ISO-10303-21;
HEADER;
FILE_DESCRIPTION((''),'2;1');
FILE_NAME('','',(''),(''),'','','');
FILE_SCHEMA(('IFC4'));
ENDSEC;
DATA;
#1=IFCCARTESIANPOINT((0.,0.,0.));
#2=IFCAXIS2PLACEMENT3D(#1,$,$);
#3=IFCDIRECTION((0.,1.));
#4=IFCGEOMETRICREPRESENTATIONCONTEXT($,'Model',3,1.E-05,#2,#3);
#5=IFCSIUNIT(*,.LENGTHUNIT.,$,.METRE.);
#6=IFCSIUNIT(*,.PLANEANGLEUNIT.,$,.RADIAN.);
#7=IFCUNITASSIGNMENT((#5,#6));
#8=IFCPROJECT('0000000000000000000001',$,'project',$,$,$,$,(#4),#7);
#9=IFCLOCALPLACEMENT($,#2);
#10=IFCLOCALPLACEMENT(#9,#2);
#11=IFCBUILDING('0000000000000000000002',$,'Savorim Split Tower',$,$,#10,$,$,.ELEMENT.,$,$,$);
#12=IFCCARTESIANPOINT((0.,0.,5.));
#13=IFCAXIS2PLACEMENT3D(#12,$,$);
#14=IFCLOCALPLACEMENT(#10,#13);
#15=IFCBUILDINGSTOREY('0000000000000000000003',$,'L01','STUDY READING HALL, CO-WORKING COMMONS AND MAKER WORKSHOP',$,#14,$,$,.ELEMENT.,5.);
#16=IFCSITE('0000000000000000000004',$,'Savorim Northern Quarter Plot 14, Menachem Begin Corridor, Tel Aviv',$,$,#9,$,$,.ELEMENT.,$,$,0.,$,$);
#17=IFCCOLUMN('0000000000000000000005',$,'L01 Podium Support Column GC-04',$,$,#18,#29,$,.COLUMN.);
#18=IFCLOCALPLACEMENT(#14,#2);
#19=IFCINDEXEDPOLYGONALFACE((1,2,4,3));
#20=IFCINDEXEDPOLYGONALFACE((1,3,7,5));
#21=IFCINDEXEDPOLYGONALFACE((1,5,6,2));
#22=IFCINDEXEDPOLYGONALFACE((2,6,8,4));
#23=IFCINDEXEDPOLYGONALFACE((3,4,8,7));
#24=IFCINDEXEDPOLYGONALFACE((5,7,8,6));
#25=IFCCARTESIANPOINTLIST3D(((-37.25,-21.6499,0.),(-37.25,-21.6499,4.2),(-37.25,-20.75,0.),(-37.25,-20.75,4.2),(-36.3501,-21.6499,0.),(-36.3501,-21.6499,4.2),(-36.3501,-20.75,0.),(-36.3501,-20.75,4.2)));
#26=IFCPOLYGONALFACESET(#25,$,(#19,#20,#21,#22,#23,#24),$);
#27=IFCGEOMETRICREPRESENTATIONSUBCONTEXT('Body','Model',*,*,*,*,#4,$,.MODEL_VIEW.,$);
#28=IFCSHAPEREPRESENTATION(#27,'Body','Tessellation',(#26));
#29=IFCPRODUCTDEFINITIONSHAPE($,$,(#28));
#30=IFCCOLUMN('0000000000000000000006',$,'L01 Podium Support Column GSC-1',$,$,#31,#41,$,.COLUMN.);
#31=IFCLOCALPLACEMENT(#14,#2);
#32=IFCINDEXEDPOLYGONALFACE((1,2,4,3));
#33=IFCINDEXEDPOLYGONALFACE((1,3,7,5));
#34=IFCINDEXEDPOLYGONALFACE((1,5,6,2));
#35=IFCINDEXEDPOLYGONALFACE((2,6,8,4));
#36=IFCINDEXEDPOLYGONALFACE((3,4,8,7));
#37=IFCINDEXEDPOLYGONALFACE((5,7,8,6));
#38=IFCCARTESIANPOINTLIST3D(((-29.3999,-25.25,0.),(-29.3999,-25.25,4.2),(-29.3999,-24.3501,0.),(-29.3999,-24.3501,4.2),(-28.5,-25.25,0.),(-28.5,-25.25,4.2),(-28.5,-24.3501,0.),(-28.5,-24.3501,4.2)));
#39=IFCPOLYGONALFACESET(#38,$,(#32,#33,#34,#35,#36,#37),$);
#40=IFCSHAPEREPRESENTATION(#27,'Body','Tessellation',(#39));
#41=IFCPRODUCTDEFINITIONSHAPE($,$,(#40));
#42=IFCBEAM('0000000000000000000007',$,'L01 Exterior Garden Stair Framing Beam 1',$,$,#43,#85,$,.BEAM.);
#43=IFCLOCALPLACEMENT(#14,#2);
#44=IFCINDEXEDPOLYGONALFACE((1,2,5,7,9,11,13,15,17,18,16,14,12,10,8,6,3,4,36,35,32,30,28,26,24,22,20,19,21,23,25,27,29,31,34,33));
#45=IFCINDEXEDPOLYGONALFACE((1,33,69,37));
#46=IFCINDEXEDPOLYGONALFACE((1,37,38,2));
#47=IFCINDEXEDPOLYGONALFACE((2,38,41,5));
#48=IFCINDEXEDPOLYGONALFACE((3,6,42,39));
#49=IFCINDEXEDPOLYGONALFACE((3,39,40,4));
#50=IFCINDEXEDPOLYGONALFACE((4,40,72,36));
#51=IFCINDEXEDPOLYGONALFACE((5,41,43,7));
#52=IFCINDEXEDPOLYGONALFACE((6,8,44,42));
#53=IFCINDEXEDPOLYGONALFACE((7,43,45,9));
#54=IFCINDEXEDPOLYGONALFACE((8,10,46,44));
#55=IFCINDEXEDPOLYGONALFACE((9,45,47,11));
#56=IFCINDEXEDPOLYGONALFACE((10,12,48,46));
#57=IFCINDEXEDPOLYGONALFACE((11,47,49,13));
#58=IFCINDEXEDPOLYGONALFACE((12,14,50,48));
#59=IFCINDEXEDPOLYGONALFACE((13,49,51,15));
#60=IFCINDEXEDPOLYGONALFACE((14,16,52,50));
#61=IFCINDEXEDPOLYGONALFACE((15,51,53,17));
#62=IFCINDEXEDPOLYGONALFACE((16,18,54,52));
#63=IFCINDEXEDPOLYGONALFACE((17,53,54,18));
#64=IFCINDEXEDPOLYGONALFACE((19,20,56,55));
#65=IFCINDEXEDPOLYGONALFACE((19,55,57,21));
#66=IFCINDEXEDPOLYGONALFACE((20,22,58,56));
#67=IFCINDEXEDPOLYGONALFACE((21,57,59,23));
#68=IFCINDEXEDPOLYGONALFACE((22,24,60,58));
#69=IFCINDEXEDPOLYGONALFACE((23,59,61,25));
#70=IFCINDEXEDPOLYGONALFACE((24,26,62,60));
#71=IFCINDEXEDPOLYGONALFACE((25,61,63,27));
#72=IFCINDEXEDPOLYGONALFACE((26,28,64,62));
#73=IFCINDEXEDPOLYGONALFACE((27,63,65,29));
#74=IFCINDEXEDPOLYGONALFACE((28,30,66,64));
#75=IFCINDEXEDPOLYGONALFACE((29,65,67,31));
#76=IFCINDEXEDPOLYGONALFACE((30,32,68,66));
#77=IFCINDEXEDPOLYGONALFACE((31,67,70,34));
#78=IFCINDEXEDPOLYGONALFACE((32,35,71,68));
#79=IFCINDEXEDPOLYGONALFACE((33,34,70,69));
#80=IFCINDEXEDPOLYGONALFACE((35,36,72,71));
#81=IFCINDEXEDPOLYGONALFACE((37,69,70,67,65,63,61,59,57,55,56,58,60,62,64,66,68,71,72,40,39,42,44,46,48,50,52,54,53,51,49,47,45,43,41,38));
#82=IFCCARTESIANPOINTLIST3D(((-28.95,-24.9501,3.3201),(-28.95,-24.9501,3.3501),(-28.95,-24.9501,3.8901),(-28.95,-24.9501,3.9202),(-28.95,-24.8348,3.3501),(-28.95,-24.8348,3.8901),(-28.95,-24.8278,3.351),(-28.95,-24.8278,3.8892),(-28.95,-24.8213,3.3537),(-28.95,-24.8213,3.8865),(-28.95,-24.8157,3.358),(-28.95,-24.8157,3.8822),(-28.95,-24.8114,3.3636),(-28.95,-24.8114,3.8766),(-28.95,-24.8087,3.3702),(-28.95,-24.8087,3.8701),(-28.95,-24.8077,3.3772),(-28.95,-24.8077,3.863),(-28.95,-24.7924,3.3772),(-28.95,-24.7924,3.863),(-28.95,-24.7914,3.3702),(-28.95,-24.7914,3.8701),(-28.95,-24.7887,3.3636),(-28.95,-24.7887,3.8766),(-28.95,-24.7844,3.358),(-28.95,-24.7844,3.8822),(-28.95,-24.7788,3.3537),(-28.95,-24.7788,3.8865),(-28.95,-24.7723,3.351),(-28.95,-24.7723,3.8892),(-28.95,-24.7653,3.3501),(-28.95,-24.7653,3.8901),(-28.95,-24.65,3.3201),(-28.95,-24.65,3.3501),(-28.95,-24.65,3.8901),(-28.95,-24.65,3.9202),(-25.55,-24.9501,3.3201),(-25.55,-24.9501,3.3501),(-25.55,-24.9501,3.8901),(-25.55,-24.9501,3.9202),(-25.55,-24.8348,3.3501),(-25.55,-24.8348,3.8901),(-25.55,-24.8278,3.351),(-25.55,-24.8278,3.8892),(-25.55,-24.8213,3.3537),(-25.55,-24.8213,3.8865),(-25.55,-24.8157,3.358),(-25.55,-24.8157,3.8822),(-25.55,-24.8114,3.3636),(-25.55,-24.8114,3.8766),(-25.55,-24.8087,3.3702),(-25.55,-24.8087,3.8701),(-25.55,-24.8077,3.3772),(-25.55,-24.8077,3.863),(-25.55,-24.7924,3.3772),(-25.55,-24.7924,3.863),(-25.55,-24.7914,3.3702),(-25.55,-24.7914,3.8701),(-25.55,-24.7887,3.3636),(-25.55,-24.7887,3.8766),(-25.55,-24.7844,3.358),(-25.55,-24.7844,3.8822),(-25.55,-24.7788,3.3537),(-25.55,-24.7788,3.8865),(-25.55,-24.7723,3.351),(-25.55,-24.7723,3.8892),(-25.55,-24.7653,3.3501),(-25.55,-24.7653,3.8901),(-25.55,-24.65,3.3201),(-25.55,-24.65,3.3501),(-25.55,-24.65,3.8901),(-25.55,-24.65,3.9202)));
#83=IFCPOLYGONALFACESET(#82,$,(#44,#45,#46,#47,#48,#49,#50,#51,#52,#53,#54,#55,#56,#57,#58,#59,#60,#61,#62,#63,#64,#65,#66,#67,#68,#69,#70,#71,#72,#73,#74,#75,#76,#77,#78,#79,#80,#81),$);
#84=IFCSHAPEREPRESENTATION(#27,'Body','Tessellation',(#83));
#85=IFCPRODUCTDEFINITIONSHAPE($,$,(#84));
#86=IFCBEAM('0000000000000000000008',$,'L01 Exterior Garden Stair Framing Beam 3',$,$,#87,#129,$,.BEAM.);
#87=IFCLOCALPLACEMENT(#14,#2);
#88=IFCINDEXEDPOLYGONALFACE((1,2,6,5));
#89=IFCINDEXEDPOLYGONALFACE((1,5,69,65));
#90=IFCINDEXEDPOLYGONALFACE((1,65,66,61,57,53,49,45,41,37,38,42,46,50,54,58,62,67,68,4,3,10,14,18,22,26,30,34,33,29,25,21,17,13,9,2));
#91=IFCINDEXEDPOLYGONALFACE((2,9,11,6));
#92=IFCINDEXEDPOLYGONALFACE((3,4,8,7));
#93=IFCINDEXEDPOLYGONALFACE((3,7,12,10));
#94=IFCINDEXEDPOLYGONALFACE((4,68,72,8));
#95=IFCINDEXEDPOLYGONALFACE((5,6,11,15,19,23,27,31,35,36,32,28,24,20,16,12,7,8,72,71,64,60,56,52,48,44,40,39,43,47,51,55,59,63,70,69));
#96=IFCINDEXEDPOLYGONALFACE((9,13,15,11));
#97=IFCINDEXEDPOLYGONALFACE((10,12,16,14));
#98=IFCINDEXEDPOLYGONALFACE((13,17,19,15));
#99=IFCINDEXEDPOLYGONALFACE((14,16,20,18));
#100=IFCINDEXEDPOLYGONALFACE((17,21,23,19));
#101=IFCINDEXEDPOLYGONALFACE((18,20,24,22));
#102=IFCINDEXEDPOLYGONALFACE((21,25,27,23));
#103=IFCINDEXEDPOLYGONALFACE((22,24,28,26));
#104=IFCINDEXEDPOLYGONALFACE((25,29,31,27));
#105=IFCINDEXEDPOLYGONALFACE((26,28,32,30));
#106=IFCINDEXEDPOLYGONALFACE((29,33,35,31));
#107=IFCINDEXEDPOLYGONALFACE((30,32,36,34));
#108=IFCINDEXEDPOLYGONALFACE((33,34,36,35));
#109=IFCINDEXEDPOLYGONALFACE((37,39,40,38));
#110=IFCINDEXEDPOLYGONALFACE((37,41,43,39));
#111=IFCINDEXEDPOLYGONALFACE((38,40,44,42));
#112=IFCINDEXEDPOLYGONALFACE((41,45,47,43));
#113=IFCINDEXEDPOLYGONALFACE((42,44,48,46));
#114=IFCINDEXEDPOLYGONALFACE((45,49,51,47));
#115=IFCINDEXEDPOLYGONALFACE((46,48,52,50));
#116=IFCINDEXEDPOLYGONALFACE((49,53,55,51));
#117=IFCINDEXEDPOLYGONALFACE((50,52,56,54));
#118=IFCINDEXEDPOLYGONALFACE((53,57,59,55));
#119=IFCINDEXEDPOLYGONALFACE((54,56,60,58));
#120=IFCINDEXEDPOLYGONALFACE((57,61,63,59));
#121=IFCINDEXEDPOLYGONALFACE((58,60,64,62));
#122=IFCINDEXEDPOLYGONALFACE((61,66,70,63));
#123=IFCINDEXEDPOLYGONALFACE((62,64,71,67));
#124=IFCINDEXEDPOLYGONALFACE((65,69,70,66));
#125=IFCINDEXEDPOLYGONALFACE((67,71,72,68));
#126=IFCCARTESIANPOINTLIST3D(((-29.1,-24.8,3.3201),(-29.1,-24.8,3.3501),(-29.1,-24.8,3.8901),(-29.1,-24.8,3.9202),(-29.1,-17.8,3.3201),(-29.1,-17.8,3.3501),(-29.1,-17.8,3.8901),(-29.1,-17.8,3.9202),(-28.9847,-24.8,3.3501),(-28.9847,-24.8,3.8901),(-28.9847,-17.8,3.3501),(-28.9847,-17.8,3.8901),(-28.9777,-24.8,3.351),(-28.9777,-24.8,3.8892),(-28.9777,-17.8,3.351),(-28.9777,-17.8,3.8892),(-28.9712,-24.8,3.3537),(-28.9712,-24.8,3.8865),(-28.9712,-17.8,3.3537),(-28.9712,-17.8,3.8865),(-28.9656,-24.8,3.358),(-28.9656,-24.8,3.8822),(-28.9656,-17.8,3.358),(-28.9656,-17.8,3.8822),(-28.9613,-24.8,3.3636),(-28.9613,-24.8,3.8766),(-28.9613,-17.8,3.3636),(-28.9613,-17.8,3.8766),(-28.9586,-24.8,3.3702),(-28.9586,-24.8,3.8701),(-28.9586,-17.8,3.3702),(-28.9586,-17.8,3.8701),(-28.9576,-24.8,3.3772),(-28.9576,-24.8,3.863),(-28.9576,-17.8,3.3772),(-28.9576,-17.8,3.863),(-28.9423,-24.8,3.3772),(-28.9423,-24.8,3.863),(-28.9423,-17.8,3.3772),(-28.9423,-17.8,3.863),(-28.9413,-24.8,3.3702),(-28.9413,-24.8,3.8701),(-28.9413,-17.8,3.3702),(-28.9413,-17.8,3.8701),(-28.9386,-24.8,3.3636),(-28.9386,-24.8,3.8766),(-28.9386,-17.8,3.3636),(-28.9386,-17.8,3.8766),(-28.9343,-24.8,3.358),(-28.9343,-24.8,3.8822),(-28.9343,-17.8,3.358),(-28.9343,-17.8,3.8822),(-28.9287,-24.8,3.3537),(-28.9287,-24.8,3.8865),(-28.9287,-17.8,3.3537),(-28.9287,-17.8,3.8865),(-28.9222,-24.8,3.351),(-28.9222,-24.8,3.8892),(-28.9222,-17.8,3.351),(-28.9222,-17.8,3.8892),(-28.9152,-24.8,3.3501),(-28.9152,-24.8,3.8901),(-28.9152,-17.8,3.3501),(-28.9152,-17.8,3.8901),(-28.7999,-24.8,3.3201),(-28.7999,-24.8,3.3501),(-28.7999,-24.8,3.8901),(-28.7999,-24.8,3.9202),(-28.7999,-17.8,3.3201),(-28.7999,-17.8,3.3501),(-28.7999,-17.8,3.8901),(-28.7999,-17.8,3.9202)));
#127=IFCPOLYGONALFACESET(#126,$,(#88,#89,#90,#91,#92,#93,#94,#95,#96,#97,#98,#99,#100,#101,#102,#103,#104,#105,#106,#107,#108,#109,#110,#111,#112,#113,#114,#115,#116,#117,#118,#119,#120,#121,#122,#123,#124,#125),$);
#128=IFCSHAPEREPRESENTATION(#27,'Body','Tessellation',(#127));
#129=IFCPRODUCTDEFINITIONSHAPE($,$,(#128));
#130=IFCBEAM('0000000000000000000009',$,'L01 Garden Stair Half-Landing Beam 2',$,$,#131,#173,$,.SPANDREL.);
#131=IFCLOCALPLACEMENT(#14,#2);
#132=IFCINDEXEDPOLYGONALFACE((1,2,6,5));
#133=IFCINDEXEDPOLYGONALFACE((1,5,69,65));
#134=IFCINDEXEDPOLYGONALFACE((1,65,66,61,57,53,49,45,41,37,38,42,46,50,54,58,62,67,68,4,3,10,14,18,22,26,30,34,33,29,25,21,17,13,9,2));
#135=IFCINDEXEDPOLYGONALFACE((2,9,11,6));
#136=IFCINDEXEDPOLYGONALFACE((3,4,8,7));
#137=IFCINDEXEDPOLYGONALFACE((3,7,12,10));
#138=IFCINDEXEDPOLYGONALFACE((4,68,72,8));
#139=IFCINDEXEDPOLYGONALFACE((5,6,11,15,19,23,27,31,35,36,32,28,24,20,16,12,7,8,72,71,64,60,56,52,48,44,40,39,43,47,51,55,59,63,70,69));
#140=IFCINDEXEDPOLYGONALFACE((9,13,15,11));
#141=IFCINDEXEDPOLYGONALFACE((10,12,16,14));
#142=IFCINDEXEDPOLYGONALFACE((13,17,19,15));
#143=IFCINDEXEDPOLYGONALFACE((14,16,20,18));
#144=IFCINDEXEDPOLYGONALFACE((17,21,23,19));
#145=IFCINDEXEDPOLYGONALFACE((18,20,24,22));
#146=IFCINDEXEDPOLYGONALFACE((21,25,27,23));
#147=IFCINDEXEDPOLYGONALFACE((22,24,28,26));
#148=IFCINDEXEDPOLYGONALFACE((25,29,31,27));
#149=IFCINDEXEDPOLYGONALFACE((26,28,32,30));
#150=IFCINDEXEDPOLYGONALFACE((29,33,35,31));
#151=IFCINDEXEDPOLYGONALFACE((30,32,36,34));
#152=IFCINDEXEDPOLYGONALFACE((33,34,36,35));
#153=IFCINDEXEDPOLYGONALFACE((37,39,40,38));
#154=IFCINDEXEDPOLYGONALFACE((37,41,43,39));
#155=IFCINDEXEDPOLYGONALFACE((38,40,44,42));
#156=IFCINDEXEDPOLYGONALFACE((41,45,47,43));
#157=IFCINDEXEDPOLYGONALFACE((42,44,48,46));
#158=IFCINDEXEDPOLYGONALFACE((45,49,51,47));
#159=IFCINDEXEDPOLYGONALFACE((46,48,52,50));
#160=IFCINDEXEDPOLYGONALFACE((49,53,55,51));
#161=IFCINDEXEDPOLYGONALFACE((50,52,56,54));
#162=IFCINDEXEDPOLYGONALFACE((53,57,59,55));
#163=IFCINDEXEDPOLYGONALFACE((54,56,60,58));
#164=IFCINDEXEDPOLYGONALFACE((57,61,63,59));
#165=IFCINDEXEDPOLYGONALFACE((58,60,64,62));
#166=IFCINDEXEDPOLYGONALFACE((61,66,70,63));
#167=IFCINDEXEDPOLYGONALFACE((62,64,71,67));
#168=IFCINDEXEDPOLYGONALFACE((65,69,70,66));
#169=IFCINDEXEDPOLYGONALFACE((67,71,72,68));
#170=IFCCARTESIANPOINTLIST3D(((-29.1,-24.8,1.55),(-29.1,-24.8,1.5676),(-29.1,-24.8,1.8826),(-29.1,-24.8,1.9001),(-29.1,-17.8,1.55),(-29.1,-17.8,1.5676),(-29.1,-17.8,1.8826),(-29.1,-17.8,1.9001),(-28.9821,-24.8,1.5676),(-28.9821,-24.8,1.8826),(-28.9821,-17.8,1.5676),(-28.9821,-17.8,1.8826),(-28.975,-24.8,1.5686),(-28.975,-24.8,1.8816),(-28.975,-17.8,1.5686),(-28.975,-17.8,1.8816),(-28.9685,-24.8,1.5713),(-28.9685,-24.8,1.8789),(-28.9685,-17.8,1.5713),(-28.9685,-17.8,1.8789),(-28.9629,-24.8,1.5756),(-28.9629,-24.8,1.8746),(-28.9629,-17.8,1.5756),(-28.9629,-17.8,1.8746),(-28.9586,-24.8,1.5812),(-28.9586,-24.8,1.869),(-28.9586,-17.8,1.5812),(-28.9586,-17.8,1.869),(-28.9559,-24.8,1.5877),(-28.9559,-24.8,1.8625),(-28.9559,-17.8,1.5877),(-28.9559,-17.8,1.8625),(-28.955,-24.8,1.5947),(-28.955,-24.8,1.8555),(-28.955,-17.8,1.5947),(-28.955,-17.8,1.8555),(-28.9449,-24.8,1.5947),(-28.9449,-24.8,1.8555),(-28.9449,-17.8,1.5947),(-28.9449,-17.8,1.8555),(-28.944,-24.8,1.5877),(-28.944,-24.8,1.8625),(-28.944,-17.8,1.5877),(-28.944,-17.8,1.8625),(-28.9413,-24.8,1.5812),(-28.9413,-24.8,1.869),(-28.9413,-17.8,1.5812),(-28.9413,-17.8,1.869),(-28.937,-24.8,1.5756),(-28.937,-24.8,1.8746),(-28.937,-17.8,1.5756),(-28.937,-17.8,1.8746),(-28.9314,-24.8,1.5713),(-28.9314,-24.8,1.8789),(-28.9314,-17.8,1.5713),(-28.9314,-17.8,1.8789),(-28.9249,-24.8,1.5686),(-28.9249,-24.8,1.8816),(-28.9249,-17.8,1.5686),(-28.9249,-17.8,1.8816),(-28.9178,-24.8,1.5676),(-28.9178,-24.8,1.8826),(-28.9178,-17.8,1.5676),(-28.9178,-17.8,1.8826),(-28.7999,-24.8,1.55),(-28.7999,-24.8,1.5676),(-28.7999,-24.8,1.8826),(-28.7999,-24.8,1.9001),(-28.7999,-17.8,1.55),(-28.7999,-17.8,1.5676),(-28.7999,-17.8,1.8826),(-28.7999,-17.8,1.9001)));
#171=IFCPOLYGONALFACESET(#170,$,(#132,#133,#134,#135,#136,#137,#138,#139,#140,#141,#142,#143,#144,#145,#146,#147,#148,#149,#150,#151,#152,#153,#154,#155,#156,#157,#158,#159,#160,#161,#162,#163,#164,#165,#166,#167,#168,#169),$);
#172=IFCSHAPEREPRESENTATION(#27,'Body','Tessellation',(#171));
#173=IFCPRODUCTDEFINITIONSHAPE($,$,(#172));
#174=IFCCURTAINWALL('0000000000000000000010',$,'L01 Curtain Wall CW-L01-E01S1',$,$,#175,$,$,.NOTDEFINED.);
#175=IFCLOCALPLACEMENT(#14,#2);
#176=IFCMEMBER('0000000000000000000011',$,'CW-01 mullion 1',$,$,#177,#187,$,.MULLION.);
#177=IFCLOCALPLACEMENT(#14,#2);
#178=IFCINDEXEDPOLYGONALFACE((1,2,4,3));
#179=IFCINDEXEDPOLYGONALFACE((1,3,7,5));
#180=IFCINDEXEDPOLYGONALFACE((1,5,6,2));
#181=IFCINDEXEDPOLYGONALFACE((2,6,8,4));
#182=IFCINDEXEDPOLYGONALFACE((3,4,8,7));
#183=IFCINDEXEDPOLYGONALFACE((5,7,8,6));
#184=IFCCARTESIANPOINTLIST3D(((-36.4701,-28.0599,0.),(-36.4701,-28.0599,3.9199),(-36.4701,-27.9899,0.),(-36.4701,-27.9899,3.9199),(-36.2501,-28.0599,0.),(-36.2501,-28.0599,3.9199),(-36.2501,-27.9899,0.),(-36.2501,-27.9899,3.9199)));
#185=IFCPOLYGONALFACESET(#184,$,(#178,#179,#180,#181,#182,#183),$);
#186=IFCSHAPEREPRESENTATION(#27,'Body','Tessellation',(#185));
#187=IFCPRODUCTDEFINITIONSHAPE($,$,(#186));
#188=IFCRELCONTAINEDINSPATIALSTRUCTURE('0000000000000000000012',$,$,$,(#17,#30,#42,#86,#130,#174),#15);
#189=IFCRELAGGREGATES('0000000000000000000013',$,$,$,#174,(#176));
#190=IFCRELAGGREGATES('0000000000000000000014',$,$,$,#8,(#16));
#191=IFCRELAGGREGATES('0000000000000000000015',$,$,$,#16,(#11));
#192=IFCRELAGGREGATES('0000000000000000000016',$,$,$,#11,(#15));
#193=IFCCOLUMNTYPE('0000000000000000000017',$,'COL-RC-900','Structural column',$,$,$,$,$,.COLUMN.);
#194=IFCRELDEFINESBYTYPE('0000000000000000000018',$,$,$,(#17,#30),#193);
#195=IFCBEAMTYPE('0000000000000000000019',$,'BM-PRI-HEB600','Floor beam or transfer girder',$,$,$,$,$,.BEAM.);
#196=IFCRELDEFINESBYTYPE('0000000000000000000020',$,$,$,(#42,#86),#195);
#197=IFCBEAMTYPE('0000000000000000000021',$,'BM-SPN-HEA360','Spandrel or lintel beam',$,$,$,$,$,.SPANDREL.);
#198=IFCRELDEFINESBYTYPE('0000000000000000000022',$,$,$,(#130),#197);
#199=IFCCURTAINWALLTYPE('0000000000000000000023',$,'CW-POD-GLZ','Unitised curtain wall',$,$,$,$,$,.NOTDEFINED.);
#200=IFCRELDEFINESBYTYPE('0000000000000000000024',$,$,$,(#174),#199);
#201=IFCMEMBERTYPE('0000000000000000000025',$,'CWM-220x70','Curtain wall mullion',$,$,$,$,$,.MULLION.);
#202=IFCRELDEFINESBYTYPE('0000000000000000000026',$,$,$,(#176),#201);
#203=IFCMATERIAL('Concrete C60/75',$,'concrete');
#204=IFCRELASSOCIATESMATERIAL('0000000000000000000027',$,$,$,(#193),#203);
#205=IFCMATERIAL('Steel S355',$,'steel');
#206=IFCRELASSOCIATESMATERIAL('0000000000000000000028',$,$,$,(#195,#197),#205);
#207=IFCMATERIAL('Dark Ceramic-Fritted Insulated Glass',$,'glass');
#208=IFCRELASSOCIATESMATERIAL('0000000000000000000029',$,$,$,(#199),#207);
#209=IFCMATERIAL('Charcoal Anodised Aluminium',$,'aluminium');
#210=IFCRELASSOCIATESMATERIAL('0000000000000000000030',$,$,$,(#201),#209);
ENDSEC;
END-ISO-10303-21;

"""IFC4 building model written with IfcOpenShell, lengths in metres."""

from ifc_helpers import new_model, si_unit, direction, frame, origin, origin_2d, place, context, subcontext, project, spatial, rectangle, i_section, extrude, material, material_profile, profile_set, type_object, element, aggregate, save


model = new_model("IFC4")

# Units and contexts
model_context = context("Model", 3, precision=1e-05, world=origin(), true_north=direction((0.0, 1.0)))
body_context = subcontext(model_context, "Body", "Model", "MODEL_VIEW")
ifc_project = project(units=[si_unit("LENGTHUNIT", "METRE"), si_unit("PLANEANGLEUNIT", "RADIAN")], contexts=[model_context])

# Site, building, storey
site_placement = place(None, origin())
site = spatial("IfcSite", under=ifc_project, at=site_placement, Name="Savorim Northern Quarter Plot 14, Menachem Begin Corridor, Tel Aviv", CompositionType="ELEMENT", RefElevation=0.0)
building_placement = place(site_placement, origin())
building = spatial("IfcBuilding", under=site, at=building_placement, Name="Savorim Split Tower", CompositionType="ELEMENT")
storey_placement = place(building_placement, frame((0.0, 0.0, 5.0)))
storey = spatial("IfcBuildingStorey", under=building, at=storey_placement, Name="L01", Description="STUDY READING HALL, CO-WORKING COMMONS AND MAKER WORKSHOP", CompositionType="ELEMENT", Elevation=5.0)

# Columns
ifc_material_1 = material(Name="Concrete C60/75", Category="concrete")
ifc_material_profile_1 = material_profile(ifc_material_1, rectangle(XDim=0.8999, YDim=0.8999, at=origin_2d()), Name="RC 900x900")
ifc_profile_set_1 = profile_set([ifc_material_profile_1], Name="Concrete C60/75")
column_type = type_object("IfcColumnType", Name="COL-RC-900", Description="Structural column", PredefinedType="COLUMN", material=ifc_profile_set_1)
for number, where, z_axis, x_axis, name in (
    (1, (-36.8, -21.2, 0.0), (0.0, 0.0, 1.0), (1.0, 0.0, 0.0), "L01 Podium Support Column GC-04"),
    (2, (-28.95, -24.8, 0.0), (0.0, 0.0, 1.0), (1.0, 0.0, 0.0), "L01 Podium Support Column GSC-1"),
):
    element("IfcColumn", number, at=place(storey_placement, frame(where, z_axis=z_axis, x_axis=x_axis)), inside=storey, type_object=column_type, Name=name, PredefinedType="COLUMN", context=body_context, shape_type="SweptSolid", body=[
        extrude(rectangle(XDim=0.8999, YDim=0.8999, at=origin_2d()), origin(), (0.0, 0.0, 1.0), 4.2),
    ])

# Beams
ifc_material_2 = material(Name="Steel S355", Category="steel")
ifc_material_profile_2 = material_profile(ifc_material_2, i_section(OverallWidth=0.3, OverallDepth=0.6001, WebThickness=0.0154, FlangeThickness=0.03, FilletRadius=0.0271, at=origin_2d()), Name="HEB 600")
ifc_profile_set_2 = profile_set([ifc_material_profile_2], Name="Steel S355")
beam_type_1 = type_object("IfcBeamType", Name="BM-PRI-HEB600", Description="Floor beam or transfer girder", PredefinedType="BEAM", material=ifc_profile_set_2)
beam_1_placement = place(storey_placement, frame((-28.95, -24.8, 3.6201), z_axis=(1.0, 0.0, 0.0), x_axis=(0.0, 1.0, 0.0)))
element("IfcBeam", 3, at=beam_1_placement, inside=storey, type_object=beam_type_1, Name="L01 Exterior Garden Stair Framing Beam 1", PredefinedType="BEAM", context=body_context, shape_type="SweptSolid", body=[
    extrude(i_section(OverallWidth=0.3, OverallDepth=0.6001, WebThickness=0.0154, FlangeThickness=0.03, FilletRadius=0.0271, at=origin_2d()), origin(), (0.0, 0.0, 1.0), 3.3999),
])
beam_2_placement = place(storey_placement, frame((-28.95, -24.8, 3.6201), z_axis=(0.0, 1.0, 0.0), x_axis=(-1.0, 0.0, 0.0)))
element("IfcBeam", 4, at=beam_2_placement, inside=storey, type_object=beam_type_1, Name="L01 Exterior Garden Stair Framing Beam 3", PredefinedType="BEAM", context=body_context, shape_type="SweptSolid", body=[
    extrude(i_section(OverallWidth=0.3, OverallDepth=0.6001, WebThickness=0.0154, FlangeThickness=0.03, FilletRadius=0.0271, at=origin_2d()), origin(), (0.0, 0.0, 1.0), 7.0),
])
ifc_material_profile_3 = material_profile(ifc_material_2, i_section(OverallWidth=0.3, OverallDepth=0.3501, WebThickness=0.01, FlangeThickness=0.0176, FilletRadius=0.0271, at=origin_2d()), Name="HEA 360")
ifc_profile_set_3 = profile_set([ifc_material_profile_3], Name="Steel S355")
beam_type_2 = type_object("IfcBeamType", Name="BM-SPN-HEA360", Description="Spandrel or lintel beam", PredefinedType="SPANDREL", material=ifc_profile_set_3)
beam_3_placement = place(storey_placement, frame((-28.95, -24.8, 1.7251), z_axis=(0.0, 1.0, 0.0), x_axis=(-1.0, 0.0, 0.0)))
element("IfcBeam", 5, at=beam_3_placement, inside=storey, type_object=beam_type_2, Name="L01 Garden Stair Half-Landing Beam 2", PredefinedType="SPANDREL", context=body_context, shape_type="SweptSolid", body=[
    extrude(i_section(OverallWidth=0.3, OverallDepth=0.3501, WebThickness=0.01, FlangeThickness=0.0176, FilletRadius=0.0271, at=origin_2d()), origin(), (0.0, 0.0, 1.0), 7.0),
])

# Curtain wall, member
ifc_material_3 = material(Name="Dark Ceramic-Fritted Insulated Glass", Category="glass")
curtain_wall_type = type_object("IfcCurtainWallType", Name="CW-POD-GLZ", Description="Unitised curtain wall", PredefinedType="NOTDEFINED", material=ifc_material_3)
curtain_wall_1_placement = place(storey_placement, origin())
curtain_wall_1 = element("IfcCurtainWall", 6, at=curtain_wall_1_placement, inside=storey, type_object=curtain_wall_type, Name="L01 Curtain Wall CW-L01-E01S1", PredefinedType="NOTDEFINED")
ifc_material_4 = material(Name="Charcoal Anodised Aluminium", Category="aluminium")
ifc_material_profile_4 = material_profile(ifc_material_4, rectangle(XDim=0.22, YDim=0.0701, at=origin_2d()), Name="ALU-M 220x70")
ifc_profile_set_4 = profile_set([ifc_material_profile_4], Name="Charcoal Anodised Aluminium")
member_type_1 = type_object("IfcMemberType", Name="CWM-220x70", Description="Curtain wall mullion", PredefinedType="MULLION", material=ifc_profile_set_4)
member_1_placement = place(storey_placement, frame((-36.3601, -28.0249, 0.0), z_axis=(0.0, 0.0, 1.0), x_axis=(-1.0, 0.0, 0.0)))
member_1 = element("IfcMember", 7, at=member_1_placement, type_object=member_type_1, Name="CW-01 mullion 1", PredefinedType="MULLION", context=body_context, shape_type="SweptSolid", body=[
    extrude(rectangle(XDim=0.22, YDim=0.0701, at=origin_2d()), origin(), (0.0, 0.0, 1.0), 3.9199),
])

aggregate(curtain_wall_1, [member_1])

save(model, "model.ifc")
